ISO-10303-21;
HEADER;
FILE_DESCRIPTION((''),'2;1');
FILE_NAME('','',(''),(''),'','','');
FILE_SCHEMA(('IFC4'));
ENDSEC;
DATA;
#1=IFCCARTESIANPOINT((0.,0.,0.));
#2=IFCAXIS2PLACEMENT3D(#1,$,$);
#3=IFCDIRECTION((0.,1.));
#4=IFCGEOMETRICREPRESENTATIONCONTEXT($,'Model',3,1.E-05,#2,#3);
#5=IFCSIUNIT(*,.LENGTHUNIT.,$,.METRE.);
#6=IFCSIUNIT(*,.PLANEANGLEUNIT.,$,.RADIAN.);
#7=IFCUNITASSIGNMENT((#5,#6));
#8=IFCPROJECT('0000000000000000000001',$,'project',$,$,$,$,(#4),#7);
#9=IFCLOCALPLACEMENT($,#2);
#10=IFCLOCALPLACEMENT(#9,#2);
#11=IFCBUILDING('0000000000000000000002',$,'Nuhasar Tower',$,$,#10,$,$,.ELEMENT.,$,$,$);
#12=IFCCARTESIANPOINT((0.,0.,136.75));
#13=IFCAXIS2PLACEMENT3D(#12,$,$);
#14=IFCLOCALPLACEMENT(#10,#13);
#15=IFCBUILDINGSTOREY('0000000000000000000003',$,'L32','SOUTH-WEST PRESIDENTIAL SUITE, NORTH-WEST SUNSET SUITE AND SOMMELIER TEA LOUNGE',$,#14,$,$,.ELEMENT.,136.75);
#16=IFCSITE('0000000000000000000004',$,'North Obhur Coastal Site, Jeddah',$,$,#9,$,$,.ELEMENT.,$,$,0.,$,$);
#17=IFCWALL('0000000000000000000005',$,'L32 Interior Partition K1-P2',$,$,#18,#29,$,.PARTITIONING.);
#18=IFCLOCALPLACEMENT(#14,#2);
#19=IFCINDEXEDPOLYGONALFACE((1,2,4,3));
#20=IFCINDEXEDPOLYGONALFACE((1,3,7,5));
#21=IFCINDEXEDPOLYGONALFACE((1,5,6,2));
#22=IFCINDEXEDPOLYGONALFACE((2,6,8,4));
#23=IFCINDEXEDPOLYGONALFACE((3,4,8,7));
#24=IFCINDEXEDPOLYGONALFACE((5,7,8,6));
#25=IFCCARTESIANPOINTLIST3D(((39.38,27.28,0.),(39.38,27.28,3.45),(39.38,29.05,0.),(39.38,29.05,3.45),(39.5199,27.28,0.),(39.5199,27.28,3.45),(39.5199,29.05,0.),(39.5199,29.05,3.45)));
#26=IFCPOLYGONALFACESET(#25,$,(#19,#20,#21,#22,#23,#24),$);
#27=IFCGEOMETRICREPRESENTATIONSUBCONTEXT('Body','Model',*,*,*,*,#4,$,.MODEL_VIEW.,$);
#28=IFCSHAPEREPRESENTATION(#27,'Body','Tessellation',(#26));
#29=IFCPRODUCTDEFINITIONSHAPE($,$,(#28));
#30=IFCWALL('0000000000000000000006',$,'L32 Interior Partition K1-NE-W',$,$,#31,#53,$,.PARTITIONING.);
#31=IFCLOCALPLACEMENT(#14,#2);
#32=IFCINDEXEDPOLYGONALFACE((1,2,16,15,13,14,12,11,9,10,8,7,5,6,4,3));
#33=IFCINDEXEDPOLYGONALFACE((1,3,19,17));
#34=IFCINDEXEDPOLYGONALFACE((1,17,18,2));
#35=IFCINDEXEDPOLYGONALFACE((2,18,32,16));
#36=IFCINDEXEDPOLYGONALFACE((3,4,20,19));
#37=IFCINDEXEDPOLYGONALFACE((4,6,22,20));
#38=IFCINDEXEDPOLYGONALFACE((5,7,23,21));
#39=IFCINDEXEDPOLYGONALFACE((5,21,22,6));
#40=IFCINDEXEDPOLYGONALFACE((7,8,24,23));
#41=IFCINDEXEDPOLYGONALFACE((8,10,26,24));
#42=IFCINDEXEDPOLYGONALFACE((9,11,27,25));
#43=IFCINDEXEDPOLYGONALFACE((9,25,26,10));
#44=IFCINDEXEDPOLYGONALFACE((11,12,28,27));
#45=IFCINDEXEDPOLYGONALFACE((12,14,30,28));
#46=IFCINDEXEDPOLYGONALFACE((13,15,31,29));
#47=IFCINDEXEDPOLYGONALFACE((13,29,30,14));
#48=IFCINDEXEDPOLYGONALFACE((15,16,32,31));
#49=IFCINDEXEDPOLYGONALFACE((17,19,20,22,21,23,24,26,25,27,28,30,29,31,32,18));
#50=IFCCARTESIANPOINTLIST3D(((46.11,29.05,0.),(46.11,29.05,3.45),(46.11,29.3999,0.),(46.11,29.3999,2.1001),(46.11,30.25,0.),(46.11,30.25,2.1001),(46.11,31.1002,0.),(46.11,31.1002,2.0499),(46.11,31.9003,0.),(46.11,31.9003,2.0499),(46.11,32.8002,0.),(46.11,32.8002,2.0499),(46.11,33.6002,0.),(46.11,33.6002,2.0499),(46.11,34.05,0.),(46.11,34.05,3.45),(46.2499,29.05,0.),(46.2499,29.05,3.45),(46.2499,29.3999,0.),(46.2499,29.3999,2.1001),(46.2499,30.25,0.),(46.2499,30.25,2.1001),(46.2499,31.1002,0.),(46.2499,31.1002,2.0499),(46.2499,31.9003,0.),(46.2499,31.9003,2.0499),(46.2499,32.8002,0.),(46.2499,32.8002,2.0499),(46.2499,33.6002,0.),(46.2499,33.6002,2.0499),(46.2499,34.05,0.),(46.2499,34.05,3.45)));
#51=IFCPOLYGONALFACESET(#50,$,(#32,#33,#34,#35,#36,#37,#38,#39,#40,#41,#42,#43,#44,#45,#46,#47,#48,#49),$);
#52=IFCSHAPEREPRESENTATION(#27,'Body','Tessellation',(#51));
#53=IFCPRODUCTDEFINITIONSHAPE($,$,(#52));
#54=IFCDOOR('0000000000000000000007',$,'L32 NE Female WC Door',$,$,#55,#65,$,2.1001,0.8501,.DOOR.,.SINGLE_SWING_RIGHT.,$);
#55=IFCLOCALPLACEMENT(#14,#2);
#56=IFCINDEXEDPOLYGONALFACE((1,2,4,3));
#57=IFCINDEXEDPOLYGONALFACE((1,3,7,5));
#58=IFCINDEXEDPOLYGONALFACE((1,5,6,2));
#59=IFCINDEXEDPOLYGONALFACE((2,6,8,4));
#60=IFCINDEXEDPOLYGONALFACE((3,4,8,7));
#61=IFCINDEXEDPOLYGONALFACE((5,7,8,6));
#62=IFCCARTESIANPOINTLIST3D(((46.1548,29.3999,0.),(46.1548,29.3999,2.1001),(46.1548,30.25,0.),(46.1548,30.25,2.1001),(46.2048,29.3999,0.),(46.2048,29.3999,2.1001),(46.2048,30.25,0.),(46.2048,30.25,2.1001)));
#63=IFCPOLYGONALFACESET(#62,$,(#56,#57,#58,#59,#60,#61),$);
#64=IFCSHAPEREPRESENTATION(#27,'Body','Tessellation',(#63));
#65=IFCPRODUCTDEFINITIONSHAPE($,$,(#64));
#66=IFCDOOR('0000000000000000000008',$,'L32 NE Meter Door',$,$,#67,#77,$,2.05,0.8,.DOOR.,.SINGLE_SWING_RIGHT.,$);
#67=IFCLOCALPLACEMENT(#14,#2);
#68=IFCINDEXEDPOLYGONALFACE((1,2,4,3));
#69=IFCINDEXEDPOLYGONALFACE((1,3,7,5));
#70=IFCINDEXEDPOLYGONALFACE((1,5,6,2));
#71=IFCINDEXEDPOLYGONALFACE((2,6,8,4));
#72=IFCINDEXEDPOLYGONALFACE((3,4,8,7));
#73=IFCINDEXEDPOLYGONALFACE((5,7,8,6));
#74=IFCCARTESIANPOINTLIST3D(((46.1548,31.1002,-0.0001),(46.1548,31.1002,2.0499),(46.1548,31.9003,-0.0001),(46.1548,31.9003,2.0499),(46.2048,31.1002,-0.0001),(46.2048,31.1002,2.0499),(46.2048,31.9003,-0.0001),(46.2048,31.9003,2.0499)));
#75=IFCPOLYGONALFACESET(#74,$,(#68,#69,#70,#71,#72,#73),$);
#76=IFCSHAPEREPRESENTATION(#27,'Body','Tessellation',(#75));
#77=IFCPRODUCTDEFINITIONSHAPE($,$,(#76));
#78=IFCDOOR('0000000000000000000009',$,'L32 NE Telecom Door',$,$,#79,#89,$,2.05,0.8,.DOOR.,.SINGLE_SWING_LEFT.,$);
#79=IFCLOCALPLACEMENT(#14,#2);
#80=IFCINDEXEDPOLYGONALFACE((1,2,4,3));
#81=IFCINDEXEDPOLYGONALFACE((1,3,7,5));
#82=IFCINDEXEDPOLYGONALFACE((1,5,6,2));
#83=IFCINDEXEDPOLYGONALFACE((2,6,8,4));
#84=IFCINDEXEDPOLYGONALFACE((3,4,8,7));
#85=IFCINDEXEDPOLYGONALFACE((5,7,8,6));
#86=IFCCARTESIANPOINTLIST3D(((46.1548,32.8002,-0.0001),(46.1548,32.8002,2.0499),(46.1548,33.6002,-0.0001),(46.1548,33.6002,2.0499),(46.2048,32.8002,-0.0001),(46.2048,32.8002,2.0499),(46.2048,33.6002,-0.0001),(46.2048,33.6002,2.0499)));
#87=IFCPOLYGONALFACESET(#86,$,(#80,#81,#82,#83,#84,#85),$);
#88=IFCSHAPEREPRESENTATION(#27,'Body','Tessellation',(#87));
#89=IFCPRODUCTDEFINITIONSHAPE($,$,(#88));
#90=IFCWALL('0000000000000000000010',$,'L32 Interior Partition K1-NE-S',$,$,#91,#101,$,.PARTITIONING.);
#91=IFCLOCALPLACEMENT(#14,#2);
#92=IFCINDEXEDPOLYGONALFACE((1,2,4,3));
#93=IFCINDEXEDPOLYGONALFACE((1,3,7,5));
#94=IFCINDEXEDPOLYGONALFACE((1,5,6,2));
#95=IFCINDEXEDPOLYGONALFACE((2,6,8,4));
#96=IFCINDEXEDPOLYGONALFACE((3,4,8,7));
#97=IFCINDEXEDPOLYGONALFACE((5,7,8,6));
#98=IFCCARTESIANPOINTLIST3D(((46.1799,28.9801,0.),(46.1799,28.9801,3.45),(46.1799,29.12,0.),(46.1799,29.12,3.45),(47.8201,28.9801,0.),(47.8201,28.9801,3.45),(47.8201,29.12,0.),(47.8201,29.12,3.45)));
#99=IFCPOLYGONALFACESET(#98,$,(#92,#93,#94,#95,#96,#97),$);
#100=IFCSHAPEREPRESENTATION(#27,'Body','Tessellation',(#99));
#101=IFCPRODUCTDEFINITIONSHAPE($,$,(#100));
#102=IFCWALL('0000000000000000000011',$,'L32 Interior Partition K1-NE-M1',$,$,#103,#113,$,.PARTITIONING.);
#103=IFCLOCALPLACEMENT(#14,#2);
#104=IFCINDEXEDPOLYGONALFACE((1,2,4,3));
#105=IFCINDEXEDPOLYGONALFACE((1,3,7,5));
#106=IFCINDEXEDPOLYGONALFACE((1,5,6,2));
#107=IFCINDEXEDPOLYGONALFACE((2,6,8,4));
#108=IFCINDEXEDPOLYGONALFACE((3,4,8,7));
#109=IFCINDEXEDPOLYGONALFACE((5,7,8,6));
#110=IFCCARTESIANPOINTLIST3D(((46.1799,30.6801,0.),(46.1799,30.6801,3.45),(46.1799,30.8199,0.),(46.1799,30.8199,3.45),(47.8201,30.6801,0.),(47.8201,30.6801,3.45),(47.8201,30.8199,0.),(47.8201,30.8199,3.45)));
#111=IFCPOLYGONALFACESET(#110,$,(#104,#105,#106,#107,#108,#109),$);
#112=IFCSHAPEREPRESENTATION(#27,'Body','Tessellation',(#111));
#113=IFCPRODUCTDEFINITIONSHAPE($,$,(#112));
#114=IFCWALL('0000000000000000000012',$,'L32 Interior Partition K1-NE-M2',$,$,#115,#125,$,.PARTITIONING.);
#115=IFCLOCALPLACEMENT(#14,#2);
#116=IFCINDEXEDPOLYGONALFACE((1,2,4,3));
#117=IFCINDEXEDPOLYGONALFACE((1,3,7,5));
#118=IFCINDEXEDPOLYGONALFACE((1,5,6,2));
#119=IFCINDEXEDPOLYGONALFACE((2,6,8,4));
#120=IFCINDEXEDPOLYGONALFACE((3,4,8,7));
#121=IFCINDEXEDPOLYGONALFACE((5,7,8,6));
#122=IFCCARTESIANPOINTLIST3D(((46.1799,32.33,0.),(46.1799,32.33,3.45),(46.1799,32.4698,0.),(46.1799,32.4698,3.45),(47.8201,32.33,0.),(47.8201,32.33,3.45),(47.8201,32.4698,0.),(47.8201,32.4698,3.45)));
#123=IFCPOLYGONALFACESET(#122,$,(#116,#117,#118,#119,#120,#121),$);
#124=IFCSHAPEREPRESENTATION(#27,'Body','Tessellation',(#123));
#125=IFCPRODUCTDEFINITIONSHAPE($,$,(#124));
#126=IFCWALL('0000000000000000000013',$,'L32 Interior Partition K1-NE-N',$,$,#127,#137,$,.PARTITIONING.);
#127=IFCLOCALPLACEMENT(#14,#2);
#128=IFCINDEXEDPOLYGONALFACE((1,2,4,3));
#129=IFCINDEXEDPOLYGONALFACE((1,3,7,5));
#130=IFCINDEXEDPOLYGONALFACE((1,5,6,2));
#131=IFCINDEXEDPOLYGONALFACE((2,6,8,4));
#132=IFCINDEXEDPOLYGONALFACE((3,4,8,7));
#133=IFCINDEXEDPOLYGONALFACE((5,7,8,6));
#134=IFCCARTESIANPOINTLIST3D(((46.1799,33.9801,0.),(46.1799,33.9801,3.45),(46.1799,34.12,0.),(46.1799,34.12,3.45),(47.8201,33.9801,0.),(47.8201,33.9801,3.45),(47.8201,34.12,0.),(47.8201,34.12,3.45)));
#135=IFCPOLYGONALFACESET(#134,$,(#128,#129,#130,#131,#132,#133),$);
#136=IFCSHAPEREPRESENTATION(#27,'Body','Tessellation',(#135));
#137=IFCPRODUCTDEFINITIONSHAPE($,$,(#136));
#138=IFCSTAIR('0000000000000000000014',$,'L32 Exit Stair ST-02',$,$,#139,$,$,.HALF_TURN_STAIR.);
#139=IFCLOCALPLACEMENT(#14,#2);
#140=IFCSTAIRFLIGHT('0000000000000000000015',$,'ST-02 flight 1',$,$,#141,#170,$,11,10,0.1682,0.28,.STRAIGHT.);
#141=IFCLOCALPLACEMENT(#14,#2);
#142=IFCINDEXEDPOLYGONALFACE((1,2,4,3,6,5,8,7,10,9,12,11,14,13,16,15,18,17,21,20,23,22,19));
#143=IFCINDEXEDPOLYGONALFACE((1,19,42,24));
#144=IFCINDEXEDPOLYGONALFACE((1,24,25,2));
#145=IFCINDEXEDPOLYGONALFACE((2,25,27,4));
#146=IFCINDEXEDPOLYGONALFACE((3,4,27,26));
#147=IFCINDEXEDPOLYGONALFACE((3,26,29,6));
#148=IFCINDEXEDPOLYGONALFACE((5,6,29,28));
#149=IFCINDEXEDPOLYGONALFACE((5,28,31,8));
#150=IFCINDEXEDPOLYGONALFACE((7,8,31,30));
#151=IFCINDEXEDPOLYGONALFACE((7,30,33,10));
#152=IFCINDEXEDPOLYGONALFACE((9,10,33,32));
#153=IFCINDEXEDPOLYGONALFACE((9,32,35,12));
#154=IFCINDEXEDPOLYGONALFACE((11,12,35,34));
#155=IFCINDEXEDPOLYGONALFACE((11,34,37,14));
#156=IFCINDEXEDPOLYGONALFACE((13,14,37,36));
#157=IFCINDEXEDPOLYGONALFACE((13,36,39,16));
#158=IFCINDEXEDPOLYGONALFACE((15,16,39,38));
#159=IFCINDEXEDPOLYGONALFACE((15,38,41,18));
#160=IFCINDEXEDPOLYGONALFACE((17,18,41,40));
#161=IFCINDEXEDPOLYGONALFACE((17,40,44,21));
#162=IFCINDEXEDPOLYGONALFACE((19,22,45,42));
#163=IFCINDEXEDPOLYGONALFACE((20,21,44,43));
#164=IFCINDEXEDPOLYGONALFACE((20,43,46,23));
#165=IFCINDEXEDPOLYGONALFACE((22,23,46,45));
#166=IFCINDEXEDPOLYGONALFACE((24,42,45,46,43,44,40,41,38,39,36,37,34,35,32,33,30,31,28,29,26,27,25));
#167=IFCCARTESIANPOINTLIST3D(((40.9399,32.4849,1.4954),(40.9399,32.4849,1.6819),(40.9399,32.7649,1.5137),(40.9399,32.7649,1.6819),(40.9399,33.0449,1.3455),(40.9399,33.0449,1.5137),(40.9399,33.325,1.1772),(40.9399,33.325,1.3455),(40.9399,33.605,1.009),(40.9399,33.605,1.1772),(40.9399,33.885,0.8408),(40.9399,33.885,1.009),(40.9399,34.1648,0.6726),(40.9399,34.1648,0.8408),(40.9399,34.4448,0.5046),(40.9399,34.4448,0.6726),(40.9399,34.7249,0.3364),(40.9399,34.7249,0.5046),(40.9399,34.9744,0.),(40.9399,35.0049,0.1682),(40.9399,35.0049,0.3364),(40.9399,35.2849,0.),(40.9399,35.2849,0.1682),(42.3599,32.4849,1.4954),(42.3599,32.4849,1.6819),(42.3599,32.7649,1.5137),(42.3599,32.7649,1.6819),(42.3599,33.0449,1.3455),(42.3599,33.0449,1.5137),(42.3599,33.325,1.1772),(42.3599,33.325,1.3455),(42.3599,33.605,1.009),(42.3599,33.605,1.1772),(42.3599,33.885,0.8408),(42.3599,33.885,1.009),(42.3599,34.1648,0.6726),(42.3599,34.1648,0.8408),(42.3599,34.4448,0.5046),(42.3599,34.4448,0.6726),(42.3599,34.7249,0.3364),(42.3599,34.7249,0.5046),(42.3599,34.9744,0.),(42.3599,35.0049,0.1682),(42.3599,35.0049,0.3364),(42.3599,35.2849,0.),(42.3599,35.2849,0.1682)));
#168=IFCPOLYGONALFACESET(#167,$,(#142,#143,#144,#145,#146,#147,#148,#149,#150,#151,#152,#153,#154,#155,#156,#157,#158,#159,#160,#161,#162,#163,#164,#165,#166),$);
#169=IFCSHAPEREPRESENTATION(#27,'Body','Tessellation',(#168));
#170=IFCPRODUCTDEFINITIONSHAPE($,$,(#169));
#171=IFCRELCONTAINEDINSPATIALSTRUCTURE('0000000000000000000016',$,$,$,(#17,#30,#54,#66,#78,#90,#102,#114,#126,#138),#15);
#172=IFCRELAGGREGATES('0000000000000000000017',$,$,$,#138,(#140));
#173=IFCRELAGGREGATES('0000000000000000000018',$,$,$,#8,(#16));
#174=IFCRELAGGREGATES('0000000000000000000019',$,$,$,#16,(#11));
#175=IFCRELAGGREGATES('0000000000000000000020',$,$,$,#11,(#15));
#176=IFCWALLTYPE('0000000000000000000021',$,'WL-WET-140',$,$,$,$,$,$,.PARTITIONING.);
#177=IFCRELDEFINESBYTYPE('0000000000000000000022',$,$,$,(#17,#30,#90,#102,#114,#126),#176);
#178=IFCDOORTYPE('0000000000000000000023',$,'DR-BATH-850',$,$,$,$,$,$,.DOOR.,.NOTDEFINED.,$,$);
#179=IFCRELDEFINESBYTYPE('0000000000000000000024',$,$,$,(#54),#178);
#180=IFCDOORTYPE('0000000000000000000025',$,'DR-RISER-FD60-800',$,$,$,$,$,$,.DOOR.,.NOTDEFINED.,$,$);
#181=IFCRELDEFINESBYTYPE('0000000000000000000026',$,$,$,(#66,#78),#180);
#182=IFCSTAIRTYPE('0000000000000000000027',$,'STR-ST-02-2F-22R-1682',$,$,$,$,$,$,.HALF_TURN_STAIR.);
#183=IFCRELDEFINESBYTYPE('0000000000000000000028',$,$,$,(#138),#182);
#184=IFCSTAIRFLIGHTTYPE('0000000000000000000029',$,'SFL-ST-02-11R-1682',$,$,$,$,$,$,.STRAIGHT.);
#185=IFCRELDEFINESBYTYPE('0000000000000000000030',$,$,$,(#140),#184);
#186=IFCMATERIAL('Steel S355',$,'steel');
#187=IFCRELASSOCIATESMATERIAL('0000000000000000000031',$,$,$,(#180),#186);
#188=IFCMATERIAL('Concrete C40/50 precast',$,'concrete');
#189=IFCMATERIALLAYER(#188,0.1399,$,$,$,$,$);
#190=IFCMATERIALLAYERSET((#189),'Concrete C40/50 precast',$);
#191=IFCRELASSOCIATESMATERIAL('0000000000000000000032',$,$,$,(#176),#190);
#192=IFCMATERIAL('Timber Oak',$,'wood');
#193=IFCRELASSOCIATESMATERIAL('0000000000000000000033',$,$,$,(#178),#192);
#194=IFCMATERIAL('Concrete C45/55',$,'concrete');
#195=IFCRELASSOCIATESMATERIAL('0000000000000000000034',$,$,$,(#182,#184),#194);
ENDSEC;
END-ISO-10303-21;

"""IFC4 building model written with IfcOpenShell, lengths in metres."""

from ifc_helpers import new_model, si_unit, direction, frame, frame_2d, origin, place, context, subcontext, project, spatial, polyline, rectangle, outline, extrude, material, layer, layer_set, type_object, element, fill, aggregate, save


model = new_model("IFC4")

# Units and contexts
model_context = context("Model", 3, precision=1e-05, world=origin(), true_north=direction((0.0, 1.0)))
body_context = subcontext(model_context, "Body", "Model", "MODEL_VIEW")
ifc_project = project(units=[si_unit("LENGTHUNIT", "METRE"), si_unit("PLANEANGLEUNIT", "RADIAN")], contexts=[model_context])

# Site, building, storey
site_placement = place(None, origin())
site = spatial("IfcSite", under=ifc_project, at=site_placement, Name="North Obhur Coastal Site, Jeddah", CompositionType="ELEMENT", RefElevation=0.0)
building_placement = place(site_placement, origin())
building = spatial("IfcBuilding", under=site, at=building_placement, Name="Nuhasar Tower", CompositionType="ELEMENT")
storey_placement = place(building_placement, frame((0.0, 0.0, 136.75)))
storey = spatial("IfcBuildingStorey", under=building, at=storey_placement, Name="L32", Description="SOUTH-WEST PRESIDENTIAL SUITE, NORTH-WEST SUNSET SUITE AND SOMMELIER TEA LOUNGE", CompositionType="ELEMENT", Elevation=136.75)

# Shared definitions
ifc_material_1 = material(Name="Steel S355", Category="steel")

# Shared definitions
ifc_material_2 = material(Name="Concrete C45/55", Category="concrete")

# Shared definitions
door_type_1 = type_object("IfcDoorType", Name="DR-RISER-FD60-800", OperationType="NOTDEFINED", PredefinedType="DOOR", material=ifc_material_1)

# Wall
ifc_material_3 = material(Name="Concrete C40/50 precast", Category="concrete")
ifc_layer_1 = layer(ifc_material_3, 0.1399)
ifc_layer_set_1 = layer_set([ifc_layer_1], Name="Concrete C40/50 precast")
wall_type_1 = type_object("IfcWallType", Name="WL-WET-140", PredefinedType="PARTITIONING", material=ifc_layer_set_1)
wall_1_placement = place(storey_placement, frame((39.45, 27.28, 0.0), z_axis=(0.0, 0.0, 1.0), x_axis=(0.0, 1.0, 0.0)))
element("IfcWall", 1, at=wall_1_placement, inside=storey, type_object=wall_type_1, Name="L32 Interior Partition K1-P2", PredefinedType="PARTITIONING", context=body_context, shape_type="SweptSolid", body=[
    extrude(rectangle(XDim=1.77, YDim=0.1399, at=frame_2d((0.885, 0.0))), origin(), (0.0, 0.0, 1.0), 3.45),
])

# Wall, openings, doors
wall_2_placement = place(storey_placement, frame((46.1799, 34.05, 0.0), z_axis=(0.0, 0.0, 1.0), x_axis=(0.0, -1.0, 0.0)))
wall_2 = element("IfcWall", 2, at=wall_2_placement, inside=storey, type_object=wall_type_1, Name="L32 Interior Partition K1-NE-W", PredefinedType="PARTITIONING", context=body_context, shape_type="SweptSolid", body=[
    extrude(rectangle(XDim=5.0, YDim=0.1399, at=frame_2d((2.5, 0.0))), origin(), (0.0, 0.0, 1.0), 3.45),
])
opening_1_placement = place(wall_2_placement, frame((3.8, 0.0, 0.0)))
opening_1 = element("IfcOpeningElement", 3, at=opening_1_placement, cuts=wall_2, PredefinedType="OPENING", context=body_context, shape_type="SweptSolid", body=[
    extrude(rectangle(XDim=0.8501, YDim=2.1001, at=frame_2d((0.425, 1.05))), frame((0.0, 0.0801, 0.0), z_axis=(0.0, -1.0, 0.0), x_axis=(1.0, 0.0, 0.0)), (0.0, 0.0, 1.0), 0.1599),
])
opening_2_placement = place(wall_2_placement, frame((2.1499, 0.0, 0.0)))
opening_2 = element("IfcOpeningElement", 4, at=opening_2_placement, cuts=wall_2, PredefinedType="OPENING", context=body_context, shape_type="SweptSolid", body=[
    extrude(rectangle(XDim=0.8, YDim=2.05, at=frame_2d((0.3999, 1.0249))), frame((0.0, 0.0801, 0.0), z_axis=(0.0, -1.0, 0.0), x_axis=(1.0, 0.0, 0.0)), (0.0, 0.0, 1.0), 0.1599),
])
opening_3_placement = place(wall_2_placement, frame((0.45, 0.0, 0.0)))
opening_3 = element("IfcOpeningElement", 5, at=opening_3_placement, cuts=wall_2, PredefinedType="OPENING", context=body_context, shape_type="SweptSolid", body=[
    extrude(rectangle(XDim=0.8, YDim=2.05, at=frame_2d((0.3999, 1.0249))), frame((0.0, 0.0801, 0.0), z_axis=(0.0, -1.0, 0.0), x_axis=(1.0, 0.0, 0.0)), (0.0, 0.0, 1.0), 0.1599),
])
ifc_material_4 = material(Name="Timber Oak", Category="wood")
door_type_2 = type_object("IfcDoorType", Name="DR-BATH-850", OperationType="NOTDEFINED", PredefinedType="DOOR", material=ifc_material_4)
door_1_placement = place(opening_1_placement, origin())
door_1 = element("IfcDoor", 6, at=door_1_placement, inside=storey, type_object=door_type_2, Name="L32 NE Female WC Door", OperationType="SINGLE_SWING_RIGHT", OverallHeight=2.1001, OverallWidth=0.8501, PredefinedType="DOOR", context=body_context, shape_type="SweptSolid", body=[
    extrude(rectangle(XDim=0.8501, YDim=2.1001, at=frame_2d((0.425, 1.05))), frame((0.0, 0.0249, 0.0), z_axis=(0.0, -1.0, 0.0), x_axis=(1.0, 0.0, 0.0)), (0.0, 0.0, 1.0), 0.05),
])
fill(opening_1, door_1)
door_2_placement = place(opening_2_placement, origin())
door_2 = element("IfcDoor", 7, at=door_2_placement, inside=storey, type_object=door_type_1, Name="L32 NE Meter Door", OperationType="SINGLE_SWING_RIGHT", OverallHeight=2.05, OverallWidth=0.8, PredefinedType="DOOR", context=body_context, shape_type="SweptSolid", body=[
    extrude(rectangle(XDim=0.8, YDim=2.05, at=frame_2d((0.3999, 1.0249))), frame((0.0, 0.0249, 0.0), z_axis=(0.0, -1.0, 0.0), x_axis=(1.0, 0.0, 0.0)), (0.0, 0.0, 1.0), 0.05),
])
fill(opening_2, door_2)
door_3_placement = place(opening_3_placement, origin())
door_3 = element("IfcDoor", 8, at=door_3_placement, inside=storey, type_object=door_type_1, Name="L32 NE Telecom Door", OperationType="SINGLE_SWING_LEFT", OverallHeight=2.05, OverallWidth=0.8, PredefinedType="DOOR", context=body_context, shape_type="SweptSolid", body=[
    extrude(rectangle(XDim=0.8, YDim=2.05, at=frame_2d((0.3999, 1.0249))), frame((0.0, 0.0249, 0.0), z_axis=(0.0, -1.0, 0.0), x_axis=(1.0, 0.0, 0.0)), (0.0, 0.0, 1.0), 0.05),
])
fill(opening_3, door_3)

# Walls
for number, where, z_axis, x_axis, name in (
    (9, (46.1799, 29.05, 0.0), (0.0, 0.0, 1.0), (1.0, 0.0, 0.0), "L32 Interior Partition K1-NE-S"),
    (10, (46.1799, 30.75, 0.0), (0.0, 0.0, 1.0), (1.0, 0.0, 0.0), "L32 Interior Partition K1-NE-M1"),
    (11, (46.1799, 32.3999, 0.0), (0.0, 0.0, 1.0), (1.0, 0.0, 0.0), "L32 Interior Partition K1-NE-M2"),
    (12, (46.1799, 34.05, 0.0), (0.0, 0.0, 1.0), (1.0, 0.0, 0.0), "L32 Interior Partition K1-NE-N"),
):
    element("IfcWall", number, at=place(storey_placement, frame(where, z_axis=z_axis, x_axis=x_axis)), inside=storey, type_object=wall_type_1, Name=name, PredefinedType="PARTITIONING", context=body_context, shape_type="SweptSolid", body=[
        extrude(rectangle(XDim=1.6401, YDim=0.1399, at=frame_2d((0.8201, 0.0))), origin(), (0.0, 0.0, 1.0), 3.45),
    ])

# Stair, stair flight
stair_type_1 = type_object("IfcStairType", Name="STR-ST-02-2F-22R-1682", PredefinedType="HALF_TURN_STAIR", material=ifc_material_2)
stair_1_placement = place(storey_placement, origin())
stair_1 = element("IfcStair", 13, at=stair_1_placement, inside=storey, type_object=stair_type_1, Name="L32 Exit Stair ST-02", PredefinedType="HALF_TURN_STAIR")
stair_flight_type_1 = type_object("IfcStairFlightType", Name="SFL-ST-02-11R-1682", PredefinedType="STRAIGHT", material=ifc_material_2)
stair_flight_1_placement = place(storey_placement, frame((41.6499, 35.2849, 0.0), z_axis=(0.0, 0.0, 1.0), x_axis=(0.0, -1.0, 0.0)))
stair_flight_1 = element("IfcStairFlight", 14, at=stair_flight_1_placement, type_object=stair_flight_type_1, Name="ST-02 flight 1", NumberOfRisers=11, NumberOfTreads=10, PredefinedType="STRAIGHT", RiserHeight=0.1682, TreadLength=0.28, context=body_context, shape_type="SweptSolid", body=[
    extrude(outline(polyline([(0.0, 0.0), (0.0, 0.1682), (0.28, 0.1682), (0.28, 0.3364), (0.5601, 0.3364), (0.5601, 0.5046), (0.8401, 0.5046), (0.8401, 0.6726), (1.1201, 0.6726), (1.1201, 0.8408), (1.3999, 0.8408), (1.3999, 1.009), (1.6799, 1.009), (1.6799, 1.1772), (1.96, 1.1772), (1.96, 1.3455), (2.24, 1.3455), (2.24, 1.5137), (2.52, 1.5137), (2.52, 1.6819), (2.8, 1.6819), (2.8, 1.8501), (2.8, 1.4954), (0.3105, 0.0), (0.0, 0.0)])), frame((0.0, 0.71, 0.0), z_axis=(0.0, -1.0, 0.0), x_axis=(1.0, 0.0, 0.0)), (0.0, 0.0, 1.0), 1.4199),
])
aggregate(stair_1, [stair_flight_1])

save(model, "model.ifc")
